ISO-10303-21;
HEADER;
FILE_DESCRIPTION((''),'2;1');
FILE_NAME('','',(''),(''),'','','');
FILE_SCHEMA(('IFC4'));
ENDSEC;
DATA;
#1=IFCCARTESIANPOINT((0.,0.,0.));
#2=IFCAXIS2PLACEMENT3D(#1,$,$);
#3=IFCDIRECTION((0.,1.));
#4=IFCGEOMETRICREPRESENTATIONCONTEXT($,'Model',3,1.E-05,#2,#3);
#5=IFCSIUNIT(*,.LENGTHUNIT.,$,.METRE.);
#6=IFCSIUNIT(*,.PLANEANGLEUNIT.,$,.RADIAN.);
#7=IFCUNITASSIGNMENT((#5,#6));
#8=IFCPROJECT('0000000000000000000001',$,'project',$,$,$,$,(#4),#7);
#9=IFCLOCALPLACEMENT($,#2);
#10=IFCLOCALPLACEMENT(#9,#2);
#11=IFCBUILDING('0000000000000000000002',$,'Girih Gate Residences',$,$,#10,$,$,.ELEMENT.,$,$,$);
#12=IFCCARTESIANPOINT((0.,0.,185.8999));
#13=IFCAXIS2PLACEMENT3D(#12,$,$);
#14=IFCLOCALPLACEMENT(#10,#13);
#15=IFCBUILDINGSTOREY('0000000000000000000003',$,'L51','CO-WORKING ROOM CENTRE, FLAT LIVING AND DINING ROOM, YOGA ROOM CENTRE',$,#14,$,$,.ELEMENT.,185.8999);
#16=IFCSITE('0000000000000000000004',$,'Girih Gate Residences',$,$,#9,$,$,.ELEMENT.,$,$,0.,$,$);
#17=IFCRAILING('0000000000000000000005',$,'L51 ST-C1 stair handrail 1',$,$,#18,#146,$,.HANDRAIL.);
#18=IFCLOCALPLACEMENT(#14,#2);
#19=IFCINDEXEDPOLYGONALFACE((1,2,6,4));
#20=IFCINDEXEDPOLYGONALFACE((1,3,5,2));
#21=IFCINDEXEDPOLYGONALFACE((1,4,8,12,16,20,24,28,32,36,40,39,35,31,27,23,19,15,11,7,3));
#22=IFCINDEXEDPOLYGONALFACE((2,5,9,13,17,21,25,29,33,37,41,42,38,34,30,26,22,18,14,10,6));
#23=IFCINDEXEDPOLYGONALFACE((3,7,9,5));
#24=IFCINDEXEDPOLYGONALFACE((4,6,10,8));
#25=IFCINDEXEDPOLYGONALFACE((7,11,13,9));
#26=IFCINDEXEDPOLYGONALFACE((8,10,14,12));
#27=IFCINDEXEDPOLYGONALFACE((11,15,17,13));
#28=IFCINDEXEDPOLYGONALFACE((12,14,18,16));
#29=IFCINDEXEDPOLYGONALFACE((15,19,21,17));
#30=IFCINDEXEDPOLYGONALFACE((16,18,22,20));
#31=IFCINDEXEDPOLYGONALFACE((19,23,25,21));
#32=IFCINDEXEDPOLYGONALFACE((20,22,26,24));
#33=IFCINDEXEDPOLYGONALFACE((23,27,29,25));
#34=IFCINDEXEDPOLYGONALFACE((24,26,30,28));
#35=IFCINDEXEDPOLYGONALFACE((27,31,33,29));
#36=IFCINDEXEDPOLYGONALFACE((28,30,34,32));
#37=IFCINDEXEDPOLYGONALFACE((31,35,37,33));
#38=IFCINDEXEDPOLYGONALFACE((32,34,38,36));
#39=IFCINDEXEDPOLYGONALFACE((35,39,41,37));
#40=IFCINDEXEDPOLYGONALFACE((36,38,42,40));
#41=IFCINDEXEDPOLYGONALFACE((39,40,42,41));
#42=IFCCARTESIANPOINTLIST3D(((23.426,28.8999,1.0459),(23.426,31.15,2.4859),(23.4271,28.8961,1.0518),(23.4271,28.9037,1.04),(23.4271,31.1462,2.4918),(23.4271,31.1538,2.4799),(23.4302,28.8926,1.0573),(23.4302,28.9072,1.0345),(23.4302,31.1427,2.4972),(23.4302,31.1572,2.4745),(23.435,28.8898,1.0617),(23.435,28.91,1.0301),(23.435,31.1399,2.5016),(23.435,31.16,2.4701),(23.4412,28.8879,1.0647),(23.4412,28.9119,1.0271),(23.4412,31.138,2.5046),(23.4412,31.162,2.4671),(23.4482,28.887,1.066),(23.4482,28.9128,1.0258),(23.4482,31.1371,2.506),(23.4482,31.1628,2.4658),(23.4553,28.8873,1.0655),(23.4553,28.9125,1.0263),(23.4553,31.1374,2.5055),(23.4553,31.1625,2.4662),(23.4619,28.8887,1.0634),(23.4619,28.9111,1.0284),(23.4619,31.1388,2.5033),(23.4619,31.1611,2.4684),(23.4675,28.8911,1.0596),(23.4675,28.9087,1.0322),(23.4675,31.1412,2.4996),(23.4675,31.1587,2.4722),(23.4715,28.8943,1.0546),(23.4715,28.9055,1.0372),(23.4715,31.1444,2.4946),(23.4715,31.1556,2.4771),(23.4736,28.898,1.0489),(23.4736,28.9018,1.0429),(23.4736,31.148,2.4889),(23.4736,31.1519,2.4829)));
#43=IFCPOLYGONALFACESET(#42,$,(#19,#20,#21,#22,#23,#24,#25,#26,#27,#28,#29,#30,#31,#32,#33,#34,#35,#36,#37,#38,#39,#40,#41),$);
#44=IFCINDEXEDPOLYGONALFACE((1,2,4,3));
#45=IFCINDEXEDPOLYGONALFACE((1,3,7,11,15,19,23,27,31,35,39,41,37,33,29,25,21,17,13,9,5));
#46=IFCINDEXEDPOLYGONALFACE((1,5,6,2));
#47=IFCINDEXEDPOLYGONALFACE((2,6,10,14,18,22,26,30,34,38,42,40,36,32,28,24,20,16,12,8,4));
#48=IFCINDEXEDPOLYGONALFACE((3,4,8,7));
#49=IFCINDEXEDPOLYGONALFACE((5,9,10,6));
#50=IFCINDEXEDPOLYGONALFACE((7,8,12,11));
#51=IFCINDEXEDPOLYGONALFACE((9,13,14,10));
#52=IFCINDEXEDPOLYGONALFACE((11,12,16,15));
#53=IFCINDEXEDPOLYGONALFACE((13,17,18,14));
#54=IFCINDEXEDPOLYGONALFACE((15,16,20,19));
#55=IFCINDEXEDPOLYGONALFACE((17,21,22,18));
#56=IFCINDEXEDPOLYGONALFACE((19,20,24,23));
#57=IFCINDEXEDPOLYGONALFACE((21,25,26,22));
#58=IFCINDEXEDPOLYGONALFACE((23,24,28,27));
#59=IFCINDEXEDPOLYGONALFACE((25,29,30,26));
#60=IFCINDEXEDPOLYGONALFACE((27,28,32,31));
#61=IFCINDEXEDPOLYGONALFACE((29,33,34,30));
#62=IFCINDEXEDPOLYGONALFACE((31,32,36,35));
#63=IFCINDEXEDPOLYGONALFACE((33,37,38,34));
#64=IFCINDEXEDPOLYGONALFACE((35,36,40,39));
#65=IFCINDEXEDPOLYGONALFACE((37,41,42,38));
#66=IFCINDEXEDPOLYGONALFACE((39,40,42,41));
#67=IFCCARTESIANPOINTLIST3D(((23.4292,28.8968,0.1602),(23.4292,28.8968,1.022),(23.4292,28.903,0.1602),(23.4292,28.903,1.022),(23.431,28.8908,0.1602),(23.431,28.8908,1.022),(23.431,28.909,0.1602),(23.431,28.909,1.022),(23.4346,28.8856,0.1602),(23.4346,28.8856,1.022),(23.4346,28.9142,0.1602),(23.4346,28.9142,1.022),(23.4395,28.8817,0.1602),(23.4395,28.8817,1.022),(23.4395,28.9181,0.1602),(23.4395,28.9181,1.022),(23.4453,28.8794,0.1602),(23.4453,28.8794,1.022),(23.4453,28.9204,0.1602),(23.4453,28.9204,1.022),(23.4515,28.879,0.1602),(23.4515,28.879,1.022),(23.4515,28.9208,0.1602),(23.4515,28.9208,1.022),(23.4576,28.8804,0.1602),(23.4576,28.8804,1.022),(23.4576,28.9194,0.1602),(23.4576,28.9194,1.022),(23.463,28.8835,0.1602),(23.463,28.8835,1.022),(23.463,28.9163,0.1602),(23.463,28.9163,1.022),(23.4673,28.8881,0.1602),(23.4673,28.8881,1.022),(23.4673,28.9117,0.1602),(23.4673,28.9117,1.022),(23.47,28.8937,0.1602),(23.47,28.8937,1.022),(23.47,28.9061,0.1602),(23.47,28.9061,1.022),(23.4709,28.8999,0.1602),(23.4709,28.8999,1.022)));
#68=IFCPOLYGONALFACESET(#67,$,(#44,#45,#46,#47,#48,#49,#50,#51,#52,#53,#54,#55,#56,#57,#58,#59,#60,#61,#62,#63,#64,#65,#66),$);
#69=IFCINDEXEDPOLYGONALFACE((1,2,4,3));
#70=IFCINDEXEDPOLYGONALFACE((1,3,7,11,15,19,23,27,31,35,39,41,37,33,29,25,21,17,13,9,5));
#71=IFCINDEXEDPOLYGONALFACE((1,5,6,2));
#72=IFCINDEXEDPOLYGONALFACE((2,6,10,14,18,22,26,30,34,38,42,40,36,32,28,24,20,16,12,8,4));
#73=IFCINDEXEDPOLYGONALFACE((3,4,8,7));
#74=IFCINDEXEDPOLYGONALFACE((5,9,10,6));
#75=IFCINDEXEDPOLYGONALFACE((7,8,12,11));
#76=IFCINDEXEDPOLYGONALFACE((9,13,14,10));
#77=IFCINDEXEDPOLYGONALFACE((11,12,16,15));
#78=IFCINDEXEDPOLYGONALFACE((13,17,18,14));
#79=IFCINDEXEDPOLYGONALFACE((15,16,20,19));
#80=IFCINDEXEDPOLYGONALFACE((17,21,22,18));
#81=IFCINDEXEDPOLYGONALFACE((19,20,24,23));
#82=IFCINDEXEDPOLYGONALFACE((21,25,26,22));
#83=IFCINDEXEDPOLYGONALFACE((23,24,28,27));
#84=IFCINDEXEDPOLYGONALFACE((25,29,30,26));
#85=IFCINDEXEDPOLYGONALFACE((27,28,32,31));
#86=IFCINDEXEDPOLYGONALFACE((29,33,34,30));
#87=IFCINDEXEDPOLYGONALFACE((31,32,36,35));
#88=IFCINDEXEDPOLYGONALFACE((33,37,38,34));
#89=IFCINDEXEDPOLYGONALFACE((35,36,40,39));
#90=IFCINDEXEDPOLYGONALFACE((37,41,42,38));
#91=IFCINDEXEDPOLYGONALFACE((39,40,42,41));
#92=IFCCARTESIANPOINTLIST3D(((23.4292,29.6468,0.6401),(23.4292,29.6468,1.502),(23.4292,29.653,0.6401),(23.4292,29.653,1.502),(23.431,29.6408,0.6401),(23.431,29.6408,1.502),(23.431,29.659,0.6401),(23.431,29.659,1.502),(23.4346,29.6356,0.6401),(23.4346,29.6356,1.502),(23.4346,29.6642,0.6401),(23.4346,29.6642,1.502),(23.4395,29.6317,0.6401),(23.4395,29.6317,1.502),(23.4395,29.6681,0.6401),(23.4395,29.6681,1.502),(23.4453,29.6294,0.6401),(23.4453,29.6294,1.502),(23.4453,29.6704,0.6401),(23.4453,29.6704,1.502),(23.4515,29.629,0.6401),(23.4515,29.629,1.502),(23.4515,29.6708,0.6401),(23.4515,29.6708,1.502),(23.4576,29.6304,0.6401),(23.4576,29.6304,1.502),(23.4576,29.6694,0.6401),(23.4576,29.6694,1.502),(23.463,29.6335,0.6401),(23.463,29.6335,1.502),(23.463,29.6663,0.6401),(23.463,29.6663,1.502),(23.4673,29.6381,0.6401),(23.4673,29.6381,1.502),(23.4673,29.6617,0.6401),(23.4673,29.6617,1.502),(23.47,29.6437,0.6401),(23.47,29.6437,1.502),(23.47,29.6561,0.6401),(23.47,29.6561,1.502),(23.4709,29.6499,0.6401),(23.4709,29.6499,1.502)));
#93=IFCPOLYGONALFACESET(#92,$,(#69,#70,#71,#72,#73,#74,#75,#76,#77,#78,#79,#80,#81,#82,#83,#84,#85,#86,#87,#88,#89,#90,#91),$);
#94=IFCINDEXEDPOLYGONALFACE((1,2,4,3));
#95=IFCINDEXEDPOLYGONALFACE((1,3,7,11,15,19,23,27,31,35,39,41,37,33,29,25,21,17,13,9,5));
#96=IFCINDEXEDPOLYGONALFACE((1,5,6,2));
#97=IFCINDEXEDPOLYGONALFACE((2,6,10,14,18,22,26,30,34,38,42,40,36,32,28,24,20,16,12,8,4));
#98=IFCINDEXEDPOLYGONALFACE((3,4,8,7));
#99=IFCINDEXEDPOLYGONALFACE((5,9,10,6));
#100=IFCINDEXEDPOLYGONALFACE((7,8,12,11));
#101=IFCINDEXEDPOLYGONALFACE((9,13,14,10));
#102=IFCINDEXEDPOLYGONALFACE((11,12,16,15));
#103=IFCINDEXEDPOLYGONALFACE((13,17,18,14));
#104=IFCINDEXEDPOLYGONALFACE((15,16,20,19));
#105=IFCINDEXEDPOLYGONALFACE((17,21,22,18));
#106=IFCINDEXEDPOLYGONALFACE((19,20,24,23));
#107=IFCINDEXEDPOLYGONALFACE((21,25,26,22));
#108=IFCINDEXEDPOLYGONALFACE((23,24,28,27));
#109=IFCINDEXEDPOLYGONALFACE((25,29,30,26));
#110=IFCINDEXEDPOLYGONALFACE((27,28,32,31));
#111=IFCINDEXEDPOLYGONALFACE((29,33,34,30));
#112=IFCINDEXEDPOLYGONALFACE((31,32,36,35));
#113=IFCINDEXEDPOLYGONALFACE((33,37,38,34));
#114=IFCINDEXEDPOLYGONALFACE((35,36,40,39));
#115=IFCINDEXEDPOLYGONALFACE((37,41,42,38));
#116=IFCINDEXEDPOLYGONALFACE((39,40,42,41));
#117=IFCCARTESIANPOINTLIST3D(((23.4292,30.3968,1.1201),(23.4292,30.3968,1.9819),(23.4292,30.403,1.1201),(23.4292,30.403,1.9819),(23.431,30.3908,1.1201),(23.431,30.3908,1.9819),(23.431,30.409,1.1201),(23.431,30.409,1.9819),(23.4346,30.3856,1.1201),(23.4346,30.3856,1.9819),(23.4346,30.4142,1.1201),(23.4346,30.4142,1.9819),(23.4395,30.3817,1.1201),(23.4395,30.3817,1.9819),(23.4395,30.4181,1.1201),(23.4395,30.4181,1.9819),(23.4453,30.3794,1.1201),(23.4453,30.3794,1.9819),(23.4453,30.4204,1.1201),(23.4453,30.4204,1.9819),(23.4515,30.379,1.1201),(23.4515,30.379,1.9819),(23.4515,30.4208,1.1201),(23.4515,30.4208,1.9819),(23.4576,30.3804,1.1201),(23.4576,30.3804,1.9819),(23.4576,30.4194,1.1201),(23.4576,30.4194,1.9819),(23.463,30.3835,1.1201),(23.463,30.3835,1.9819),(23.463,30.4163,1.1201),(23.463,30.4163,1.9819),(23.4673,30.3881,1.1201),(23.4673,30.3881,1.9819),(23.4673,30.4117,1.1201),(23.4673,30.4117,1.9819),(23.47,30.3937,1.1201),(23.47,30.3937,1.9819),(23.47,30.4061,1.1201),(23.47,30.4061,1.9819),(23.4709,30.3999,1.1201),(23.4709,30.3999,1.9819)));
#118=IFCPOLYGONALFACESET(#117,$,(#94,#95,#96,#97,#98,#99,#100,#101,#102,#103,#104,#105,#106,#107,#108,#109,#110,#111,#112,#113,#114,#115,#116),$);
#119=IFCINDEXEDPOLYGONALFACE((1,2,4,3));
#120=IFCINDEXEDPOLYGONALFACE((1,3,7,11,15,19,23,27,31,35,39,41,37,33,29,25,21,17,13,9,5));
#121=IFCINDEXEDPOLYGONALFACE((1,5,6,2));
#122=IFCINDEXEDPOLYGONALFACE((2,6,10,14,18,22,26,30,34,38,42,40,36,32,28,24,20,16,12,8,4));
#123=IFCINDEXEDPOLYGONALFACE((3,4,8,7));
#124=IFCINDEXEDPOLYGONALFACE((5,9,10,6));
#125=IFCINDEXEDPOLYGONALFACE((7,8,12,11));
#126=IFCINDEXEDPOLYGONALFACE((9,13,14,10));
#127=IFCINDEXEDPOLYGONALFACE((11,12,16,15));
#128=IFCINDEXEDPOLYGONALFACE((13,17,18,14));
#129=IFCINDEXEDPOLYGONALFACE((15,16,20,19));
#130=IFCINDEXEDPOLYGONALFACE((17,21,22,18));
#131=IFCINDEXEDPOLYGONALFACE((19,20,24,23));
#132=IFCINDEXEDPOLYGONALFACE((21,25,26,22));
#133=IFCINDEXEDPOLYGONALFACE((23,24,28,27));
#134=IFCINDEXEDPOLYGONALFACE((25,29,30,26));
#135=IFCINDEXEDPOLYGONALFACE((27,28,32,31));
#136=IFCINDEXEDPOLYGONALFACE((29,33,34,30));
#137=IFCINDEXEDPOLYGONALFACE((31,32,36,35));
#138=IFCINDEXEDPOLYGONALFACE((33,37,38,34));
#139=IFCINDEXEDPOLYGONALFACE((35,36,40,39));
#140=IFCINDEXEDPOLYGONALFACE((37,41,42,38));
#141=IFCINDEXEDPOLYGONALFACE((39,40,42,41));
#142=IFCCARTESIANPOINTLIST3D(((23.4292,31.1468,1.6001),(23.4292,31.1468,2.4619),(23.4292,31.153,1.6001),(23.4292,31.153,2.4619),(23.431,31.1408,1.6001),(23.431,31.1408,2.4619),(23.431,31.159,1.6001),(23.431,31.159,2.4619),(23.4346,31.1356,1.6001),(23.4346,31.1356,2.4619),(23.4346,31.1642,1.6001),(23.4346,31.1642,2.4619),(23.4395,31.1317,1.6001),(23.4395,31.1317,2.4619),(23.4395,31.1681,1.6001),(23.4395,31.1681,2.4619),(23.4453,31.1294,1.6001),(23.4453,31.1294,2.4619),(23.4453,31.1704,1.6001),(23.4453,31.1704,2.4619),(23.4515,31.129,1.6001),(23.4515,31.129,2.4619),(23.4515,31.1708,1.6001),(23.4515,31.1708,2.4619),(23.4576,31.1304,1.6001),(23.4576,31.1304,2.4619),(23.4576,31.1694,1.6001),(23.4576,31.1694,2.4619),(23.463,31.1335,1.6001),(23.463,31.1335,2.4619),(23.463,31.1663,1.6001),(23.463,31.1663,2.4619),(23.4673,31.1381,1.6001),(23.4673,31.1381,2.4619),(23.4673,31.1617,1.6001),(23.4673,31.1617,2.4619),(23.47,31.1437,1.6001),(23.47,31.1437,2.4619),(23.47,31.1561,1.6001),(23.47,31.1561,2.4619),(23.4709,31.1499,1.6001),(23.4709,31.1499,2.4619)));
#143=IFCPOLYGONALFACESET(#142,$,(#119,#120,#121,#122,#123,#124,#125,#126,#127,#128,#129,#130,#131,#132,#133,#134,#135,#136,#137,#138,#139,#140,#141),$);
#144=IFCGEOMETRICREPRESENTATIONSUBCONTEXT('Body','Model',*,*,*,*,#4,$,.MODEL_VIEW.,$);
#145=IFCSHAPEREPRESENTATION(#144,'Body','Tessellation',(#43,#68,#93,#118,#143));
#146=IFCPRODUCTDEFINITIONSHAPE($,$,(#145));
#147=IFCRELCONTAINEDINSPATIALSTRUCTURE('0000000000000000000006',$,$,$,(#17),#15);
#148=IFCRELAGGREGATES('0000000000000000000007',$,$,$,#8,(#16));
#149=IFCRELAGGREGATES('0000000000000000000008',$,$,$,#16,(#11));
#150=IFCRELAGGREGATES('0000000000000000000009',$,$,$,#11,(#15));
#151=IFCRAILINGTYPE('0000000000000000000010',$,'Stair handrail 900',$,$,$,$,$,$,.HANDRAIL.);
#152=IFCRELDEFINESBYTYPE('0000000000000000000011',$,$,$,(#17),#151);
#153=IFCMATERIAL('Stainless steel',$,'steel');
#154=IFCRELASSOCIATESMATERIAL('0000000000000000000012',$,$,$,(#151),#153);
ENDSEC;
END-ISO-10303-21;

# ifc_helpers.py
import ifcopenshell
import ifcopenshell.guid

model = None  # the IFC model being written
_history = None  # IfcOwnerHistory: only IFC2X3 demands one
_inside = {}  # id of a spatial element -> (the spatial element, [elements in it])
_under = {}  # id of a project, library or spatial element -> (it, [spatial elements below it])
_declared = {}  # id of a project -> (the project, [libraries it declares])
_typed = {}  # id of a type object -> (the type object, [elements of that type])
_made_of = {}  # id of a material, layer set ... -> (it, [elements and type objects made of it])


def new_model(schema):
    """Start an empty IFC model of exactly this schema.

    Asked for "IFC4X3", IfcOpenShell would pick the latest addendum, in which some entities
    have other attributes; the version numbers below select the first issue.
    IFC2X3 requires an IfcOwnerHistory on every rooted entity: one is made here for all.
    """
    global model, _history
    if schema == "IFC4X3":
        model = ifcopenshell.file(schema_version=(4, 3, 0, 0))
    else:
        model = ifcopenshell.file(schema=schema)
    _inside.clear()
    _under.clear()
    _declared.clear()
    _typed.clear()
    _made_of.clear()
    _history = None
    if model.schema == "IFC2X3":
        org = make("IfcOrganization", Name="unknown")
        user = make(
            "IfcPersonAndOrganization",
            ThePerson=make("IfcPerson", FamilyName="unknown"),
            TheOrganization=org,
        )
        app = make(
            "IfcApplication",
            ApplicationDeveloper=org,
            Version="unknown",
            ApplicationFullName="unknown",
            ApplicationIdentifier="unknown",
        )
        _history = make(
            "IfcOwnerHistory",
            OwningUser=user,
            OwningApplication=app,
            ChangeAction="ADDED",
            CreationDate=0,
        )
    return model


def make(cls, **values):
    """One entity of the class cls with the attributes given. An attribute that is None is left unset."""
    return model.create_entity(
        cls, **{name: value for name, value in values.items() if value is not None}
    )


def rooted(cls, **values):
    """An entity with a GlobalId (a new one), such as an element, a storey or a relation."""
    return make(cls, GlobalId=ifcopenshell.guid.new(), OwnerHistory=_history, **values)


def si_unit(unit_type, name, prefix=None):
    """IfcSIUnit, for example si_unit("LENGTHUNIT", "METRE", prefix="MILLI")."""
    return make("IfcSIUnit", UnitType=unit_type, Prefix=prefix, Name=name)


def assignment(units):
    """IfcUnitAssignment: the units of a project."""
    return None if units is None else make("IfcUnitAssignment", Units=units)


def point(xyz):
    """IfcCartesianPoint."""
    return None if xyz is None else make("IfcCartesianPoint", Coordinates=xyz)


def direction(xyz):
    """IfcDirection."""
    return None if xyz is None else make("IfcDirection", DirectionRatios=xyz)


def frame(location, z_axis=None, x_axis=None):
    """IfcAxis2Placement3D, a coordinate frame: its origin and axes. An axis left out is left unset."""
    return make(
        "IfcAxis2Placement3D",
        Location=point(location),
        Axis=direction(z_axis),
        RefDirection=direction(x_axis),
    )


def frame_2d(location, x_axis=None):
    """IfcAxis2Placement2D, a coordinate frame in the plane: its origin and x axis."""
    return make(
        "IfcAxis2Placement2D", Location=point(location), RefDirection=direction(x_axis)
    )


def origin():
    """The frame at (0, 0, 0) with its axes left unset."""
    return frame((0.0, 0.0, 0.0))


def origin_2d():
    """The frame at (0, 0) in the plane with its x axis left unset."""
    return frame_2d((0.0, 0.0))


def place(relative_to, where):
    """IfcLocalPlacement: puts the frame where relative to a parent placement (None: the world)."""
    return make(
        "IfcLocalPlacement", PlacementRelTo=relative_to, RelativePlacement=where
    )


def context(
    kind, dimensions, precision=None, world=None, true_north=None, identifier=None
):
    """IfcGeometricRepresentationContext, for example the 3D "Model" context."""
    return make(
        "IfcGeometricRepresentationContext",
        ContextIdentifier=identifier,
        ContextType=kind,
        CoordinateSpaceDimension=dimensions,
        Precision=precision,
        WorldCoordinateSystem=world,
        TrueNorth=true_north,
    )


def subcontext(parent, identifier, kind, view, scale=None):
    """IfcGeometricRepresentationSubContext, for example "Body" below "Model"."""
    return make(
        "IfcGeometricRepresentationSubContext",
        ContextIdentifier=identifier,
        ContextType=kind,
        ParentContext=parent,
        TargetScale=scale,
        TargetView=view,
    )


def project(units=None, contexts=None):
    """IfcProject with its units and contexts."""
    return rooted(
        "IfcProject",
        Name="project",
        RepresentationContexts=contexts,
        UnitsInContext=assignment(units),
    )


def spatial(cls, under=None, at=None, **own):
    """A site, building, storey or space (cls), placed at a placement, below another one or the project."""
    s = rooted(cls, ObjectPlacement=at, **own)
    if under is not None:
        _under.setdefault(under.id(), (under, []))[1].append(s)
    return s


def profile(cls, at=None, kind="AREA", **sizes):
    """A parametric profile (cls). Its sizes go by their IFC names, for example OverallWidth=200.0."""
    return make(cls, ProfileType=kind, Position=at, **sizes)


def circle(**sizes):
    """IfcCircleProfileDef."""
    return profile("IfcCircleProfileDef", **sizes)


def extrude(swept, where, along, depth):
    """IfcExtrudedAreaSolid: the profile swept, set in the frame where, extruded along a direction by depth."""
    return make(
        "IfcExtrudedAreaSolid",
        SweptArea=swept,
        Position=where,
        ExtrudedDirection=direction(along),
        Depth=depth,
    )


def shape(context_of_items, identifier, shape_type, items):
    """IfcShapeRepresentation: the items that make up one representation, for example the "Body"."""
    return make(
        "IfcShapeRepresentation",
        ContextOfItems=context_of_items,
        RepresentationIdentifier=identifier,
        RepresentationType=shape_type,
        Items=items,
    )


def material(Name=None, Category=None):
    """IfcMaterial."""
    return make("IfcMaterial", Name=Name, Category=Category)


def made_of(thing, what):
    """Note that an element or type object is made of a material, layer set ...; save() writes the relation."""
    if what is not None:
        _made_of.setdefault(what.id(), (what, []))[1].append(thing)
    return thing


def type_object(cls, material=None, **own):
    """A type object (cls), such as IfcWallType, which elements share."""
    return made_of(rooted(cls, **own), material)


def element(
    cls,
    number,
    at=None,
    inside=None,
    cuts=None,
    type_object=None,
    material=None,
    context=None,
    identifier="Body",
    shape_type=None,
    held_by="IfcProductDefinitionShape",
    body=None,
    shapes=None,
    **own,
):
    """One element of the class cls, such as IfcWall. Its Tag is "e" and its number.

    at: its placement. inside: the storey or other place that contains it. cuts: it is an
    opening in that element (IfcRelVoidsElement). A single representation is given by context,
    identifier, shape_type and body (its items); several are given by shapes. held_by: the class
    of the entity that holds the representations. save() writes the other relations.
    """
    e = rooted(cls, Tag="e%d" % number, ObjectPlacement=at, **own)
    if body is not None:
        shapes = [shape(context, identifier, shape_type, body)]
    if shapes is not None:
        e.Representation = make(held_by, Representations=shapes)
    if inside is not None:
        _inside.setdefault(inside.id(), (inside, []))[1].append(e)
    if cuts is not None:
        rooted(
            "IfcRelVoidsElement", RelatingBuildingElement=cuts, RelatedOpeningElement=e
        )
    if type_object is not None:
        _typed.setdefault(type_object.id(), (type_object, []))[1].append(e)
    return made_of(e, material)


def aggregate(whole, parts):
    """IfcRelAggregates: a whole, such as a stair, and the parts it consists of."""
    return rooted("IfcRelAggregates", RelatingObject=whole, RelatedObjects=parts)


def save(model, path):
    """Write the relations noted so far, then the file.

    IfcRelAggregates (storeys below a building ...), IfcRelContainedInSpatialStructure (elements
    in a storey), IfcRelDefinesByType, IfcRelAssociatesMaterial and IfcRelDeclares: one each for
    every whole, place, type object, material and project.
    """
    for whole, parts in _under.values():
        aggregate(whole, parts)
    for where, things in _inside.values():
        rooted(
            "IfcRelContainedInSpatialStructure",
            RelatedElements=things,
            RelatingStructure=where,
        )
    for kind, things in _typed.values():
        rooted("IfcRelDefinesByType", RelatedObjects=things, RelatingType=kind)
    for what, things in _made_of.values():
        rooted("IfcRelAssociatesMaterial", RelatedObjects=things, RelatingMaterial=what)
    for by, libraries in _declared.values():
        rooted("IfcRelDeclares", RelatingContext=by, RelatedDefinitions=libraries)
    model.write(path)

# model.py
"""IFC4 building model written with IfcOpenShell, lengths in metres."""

from ifc_helpers import new_model, si_unit, direction, frame, origin, origin_2d, place, context, subcontext, project, spatial, circle, extrude, material, type_object, element, save


model = new_model("IFC4")

# Units and contexts
model_context = context("Model", 3, precision=1e-05, world=origin(), true_north=direction((0.0, 1.0)))
body_context = subcontext(model_context, "Body", "Model", "MODEL_VIEW")
ifc_project = project(units=[si_unit("LENGTHUNIT", "METRE"), si_unit("PLANEANGLEUNIT", "RADIAN")], contexts=[model_context])

# Site, building, storey
site_placement = place(None, origin())
site = spatial("IfcSite", under=ifc_project, at=site_placement, Name="Girih Gate Residences", CompositionType="ELEMENT", RefElevation=0.0)
building_placement = place(site_placement, origin())
building = spatial("IfcBuilding", under=site, at=building_placement, Name="Girih Gate Residences", CompositionType="ELEMENT")
storey_placement = place(building_placement, frame((0.0, 0.0, 185.8999)))
storey = spatial("IfcBuildingStorey", under=building, at=storey_placement, Name="L51", Description="CO-WORKING ROOM CENTRE, FLAT LIVING AND DINING ROOM, YOGA ROOM CENTRE", CompositionType="ELEMENT", Elevation=185.8999)

# Railing
ifc_material_1 = material(Name="Stainless steel", Category="steel")
railing_type_1 = type_object("IfcRailingType", Name="Stair handrail 900", PredefinedType="HANDRAIL", material=ifc_material_1)
for number, where, name in (
    (1, (23.45, 28.8999, 0.1602), "L51 ST-C1 stair handrail 1"),
):
    element("IfcRailing", number, at=place(storey_placement, frame(where)), inside=storey, type_object=railing_type_1, Name=name, PredefinedType="HANDRAIL", context=body_context, shape_type="SweptSolid", body=[
        extrude(circle(Radius=0.0239, at=origin_2d()), frame((0.0, 0.0, 0.8857), z_axis=(0.0, 0.842281, 0.539038), x_axis=(-1.0, 0.0, 0.0)), (0.0, 0.0, 1.0), 2.6714),
        extrude(circle(Radius=0.021, at=origin_2d()), origin(), (0.0, 0.0, 1.0), 0.8618),
        extrude(circle(Radius=0.021, at=origin_2d()), frame((0.0, 0.75, 0.48)), (0.0, 0.0, 1.0), 0.8618),
        extrude(circle(Radius=0.021, at=origin_2d()), frame((0.0, 1.5, 0.96)), (0.0, 0.0, 1.0), 0.8618),
        extrude(circle(Radius=0.021, at=origin_2d()), frame((0.0, 2.25, 1.4399)), (0.0, 0.0, 1.0), 0.8618),
    ])

save(model, "model.ifc")
